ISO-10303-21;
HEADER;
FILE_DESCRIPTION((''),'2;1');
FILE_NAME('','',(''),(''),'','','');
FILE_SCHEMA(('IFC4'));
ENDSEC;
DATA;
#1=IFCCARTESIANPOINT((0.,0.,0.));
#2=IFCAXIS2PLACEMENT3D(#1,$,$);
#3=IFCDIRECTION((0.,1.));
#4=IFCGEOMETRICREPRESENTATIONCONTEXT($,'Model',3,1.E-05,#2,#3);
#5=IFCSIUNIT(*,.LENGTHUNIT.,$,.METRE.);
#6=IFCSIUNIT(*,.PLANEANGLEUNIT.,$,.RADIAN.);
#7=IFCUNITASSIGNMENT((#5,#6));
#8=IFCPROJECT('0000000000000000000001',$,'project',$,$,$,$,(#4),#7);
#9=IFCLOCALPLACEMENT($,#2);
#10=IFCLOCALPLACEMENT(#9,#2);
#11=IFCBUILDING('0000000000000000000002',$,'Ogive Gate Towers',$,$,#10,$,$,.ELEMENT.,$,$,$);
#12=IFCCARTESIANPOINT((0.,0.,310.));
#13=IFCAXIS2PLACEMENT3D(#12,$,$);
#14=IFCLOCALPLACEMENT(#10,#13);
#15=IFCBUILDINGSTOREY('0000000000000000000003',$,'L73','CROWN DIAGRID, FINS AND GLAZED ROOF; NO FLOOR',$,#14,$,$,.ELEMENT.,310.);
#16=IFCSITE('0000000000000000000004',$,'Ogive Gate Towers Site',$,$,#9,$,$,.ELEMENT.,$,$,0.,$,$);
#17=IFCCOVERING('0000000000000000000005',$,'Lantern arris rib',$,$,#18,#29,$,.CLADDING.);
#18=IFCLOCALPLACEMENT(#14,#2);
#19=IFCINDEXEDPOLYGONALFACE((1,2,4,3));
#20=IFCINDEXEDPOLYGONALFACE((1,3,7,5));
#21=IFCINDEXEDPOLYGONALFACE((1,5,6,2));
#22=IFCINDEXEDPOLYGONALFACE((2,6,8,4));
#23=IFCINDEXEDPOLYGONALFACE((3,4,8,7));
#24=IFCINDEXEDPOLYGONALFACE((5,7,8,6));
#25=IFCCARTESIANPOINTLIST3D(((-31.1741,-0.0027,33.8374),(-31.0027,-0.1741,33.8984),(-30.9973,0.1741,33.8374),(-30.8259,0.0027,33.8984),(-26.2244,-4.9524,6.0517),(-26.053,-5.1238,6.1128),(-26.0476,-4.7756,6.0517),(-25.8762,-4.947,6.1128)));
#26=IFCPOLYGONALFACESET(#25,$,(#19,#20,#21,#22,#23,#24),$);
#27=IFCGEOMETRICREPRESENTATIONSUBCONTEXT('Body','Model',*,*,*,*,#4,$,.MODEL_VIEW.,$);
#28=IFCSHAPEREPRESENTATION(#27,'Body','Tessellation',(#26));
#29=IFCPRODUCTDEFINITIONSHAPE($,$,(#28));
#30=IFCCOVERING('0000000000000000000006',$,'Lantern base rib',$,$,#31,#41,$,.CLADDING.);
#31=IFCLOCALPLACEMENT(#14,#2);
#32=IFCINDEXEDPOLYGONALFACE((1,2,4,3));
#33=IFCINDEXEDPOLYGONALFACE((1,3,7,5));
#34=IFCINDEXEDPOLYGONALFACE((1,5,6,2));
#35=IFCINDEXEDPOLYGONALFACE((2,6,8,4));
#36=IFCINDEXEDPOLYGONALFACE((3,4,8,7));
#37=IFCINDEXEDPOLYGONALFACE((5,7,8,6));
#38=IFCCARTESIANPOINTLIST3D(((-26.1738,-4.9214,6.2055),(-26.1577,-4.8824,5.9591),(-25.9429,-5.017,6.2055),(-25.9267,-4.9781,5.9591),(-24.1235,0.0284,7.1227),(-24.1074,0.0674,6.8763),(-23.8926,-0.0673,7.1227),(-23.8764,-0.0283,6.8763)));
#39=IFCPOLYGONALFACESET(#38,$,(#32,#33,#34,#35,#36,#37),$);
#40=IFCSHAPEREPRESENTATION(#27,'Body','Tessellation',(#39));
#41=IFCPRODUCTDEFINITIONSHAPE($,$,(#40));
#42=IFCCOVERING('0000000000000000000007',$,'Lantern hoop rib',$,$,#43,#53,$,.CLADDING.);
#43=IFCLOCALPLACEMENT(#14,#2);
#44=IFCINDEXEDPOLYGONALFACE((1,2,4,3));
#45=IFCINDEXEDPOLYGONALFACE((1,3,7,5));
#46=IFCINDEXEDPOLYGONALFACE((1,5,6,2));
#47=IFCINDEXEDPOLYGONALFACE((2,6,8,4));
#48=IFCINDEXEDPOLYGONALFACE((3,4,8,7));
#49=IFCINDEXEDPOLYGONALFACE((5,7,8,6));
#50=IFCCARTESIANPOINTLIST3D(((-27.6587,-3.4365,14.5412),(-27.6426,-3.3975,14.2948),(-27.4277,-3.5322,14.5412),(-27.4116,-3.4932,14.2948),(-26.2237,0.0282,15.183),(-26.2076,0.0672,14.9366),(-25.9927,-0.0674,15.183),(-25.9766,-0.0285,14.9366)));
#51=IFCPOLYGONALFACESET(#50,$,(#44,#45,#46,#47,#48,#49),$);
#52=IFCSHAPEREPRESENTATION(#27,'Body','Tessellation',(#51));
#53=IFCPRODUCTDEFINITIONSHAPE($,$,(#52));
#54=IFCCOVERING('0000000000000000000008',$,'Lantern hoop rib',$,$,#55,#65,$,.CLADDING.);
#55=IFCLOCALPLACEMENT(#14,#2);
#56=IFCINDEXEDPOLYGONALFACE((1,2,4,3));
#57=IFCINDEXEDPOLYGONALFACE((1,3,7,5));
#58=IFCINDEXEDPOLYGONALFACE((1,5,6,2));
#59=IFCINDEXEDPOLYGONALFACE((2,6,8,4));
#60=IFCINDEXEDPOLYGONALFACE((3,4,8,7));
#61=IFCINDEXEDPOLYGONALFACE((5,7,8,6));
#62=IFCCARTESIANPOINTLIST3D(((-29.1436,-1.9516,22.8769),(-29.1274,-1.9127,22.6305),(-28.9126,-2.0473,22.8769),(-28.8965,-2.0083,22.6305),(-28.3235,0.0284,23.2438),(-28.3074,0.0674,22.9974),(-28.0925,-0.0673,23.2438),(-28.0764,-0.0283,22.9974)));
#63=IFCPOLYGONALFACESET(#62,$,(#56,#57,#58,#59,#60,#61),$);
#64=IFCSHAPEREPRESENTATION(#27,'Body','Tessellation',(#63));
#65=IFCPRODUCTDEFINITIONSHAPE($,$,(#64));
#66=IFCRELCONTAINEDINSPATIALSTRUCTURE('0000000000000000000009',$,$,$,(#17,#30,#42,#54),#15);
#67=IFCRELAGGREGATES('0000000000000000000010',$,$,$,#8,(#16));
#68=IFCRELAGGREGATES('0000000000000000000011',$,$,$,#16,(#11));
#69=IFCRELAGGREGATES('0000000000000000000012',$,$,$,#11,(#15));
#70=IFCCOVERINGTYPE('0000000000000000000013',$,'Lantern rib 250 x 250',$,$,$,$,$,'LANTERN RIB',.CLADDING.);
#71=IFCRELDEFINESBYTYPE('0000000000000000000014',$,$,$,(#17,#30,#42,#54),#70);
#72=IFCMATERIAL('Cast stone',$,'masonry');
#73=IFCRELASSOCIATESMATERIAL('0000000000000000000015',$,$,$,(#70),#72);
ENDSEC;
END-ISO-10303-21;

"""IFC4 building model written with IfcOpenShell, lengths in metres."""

from ifc_helpers import new_model, si_unit, direction, frame, origin, origin_2d, place, context, subcontext, project, spatial, rectangle, extrude, material, material_profile, profile_set, type_object, element, save


model = new_model("IFC4")

# Units and contexts
model_context = context("Model", 3, precision=1e-05, world=origin(), true_north=direction((0.0, 1.0)))
body_context = subcontext(model_context, "Body", "Model", "MODEL_VIEW")
ifc_project = project(units=[si_unit("LENGTHUNIT", "METRE"), si_unit("PLANEANGLEUNIT", "RADIAN")], contexts=[model_context])

# Site, building, storey
site_placement = place(None, origin())
site = spatial("IfcSite", under=ifc_project, at=site_placement, Name="Ogive Gate Towers Site", CompositionType="ELEMENT", RefElevation=0.0)
building_placement = place(site_placement, origin())
building = spatial("IfcBuilding", under=site, at=building_placement, Name="Ogive Gate Towers", CompositionType="ELEMENT")
storey_placement = place(building_placement, frame((0.0, 0.0, 310.0)))
storey = spatial("IfcBuildingStorey", under=building, at=storey_placement, Name="L73", Description="CROWN DIAGRID, FINS AND GLAZED ROOF; NO FLOOR", CompositionType="ELEMENT", Elevation=310.0)

# Coverings
ifc_material_1 = material(Name="Cast stone", Category="masonry")
ifc_material_profile_1 = material_profile(ifc_material_1, rectangle(XDim=0.25, YDim=0.25, at=origin_2d()), Name="250 x 250 cast stone")
ifc_profile_set_1 = profile_set([ifc_material_profile_1], Name="Cast stone")
covering_type = type_object("IfcCoveringType", Name="Lantern rib 250 x 250", ElementType="LANTERN RIB", PredefinedType="CLADDING", material=ifc_profile_set_1)
covering_1_placement = place(storey_placement, frame((-26.0503, -4.9497, 6.0823), z_axis=(-0.172742, 0.172742, 0.969701), x_axis=(-0.707107, -0.707107, 0.0)))
element("IfcCovering", 1, at=covering_1_placement, inside=storey, type_object=covering_type, Name="Lantern arris rib", PredefinedType="CLADDING", context=body_context, shape_type="SweptSolid", body=[
    extrude(rectangle(XDim=0.25, YDim=0.25, at=origin_2d()), origin(), (0.0, 0.0, 1.0), 28.6538),
])
covering_2_placement = place(storey_placement, frame((-26.0503, -4.9497, 6.0823), z_axis=(0.377204, 0.910626, 0.168749), x_axis=(-0.923876, 0.382693, 0.0)))
element("IfcCovering", 2, at=covering_2_placement, inside=storey, type_object=covering_type, Name="Lantern base rib", PredefinedType="CLADDING", context=body_context, shape_type="SweptSolid", body=[
    extrude(rectangle(XDim=0.25, YDim=0.25, at=origin_2d()), origin(), (0.0, 0.0, 1.0), 5.4355),
])
covering_3_placement = place(storey_placement, frame((-27.5352, -3.4648, 14.418), z_axis=(0.377171, 0.910651, 0.168694), x_axis=(-0.923891, 0.382655, 0.0)))
element("IfcCovering", 3, at=covering_3_placement, inside=storey, type_object=covering_type, Name="Lantern hoop rib", PredefinedType="CLADDING", context=body_context, shape_type="SweptSolid", body=[
    extrude(rectangle(XDim=0.25, YDim=0.25, at=origin_2d()), origin(), (0.0, 0.0, 1.0), 3.8047),
])
covering_4_placement = place(storey_placement, frame((-29.02, -1.98, 22.7537), z_axis=(0.377168, 0.910638, 0.168766), x_axis=(-0.92389, 0.382657, 0.0)))
element("IfcCovering", 4, at=covering_4_placement, inside=storey, type_object=covering_type, Name="Lantern hoop rib", PredefinedType="CLADDING", context=body_context, shape_type="SweptSolid", body=[
    extrude(rectangle(XDim=0.25, YDim=0.25, at=origin_2d()), origin(), (0.0, 0.0, 1.0), 2.1743),
])

save(model, "model.ifc")
